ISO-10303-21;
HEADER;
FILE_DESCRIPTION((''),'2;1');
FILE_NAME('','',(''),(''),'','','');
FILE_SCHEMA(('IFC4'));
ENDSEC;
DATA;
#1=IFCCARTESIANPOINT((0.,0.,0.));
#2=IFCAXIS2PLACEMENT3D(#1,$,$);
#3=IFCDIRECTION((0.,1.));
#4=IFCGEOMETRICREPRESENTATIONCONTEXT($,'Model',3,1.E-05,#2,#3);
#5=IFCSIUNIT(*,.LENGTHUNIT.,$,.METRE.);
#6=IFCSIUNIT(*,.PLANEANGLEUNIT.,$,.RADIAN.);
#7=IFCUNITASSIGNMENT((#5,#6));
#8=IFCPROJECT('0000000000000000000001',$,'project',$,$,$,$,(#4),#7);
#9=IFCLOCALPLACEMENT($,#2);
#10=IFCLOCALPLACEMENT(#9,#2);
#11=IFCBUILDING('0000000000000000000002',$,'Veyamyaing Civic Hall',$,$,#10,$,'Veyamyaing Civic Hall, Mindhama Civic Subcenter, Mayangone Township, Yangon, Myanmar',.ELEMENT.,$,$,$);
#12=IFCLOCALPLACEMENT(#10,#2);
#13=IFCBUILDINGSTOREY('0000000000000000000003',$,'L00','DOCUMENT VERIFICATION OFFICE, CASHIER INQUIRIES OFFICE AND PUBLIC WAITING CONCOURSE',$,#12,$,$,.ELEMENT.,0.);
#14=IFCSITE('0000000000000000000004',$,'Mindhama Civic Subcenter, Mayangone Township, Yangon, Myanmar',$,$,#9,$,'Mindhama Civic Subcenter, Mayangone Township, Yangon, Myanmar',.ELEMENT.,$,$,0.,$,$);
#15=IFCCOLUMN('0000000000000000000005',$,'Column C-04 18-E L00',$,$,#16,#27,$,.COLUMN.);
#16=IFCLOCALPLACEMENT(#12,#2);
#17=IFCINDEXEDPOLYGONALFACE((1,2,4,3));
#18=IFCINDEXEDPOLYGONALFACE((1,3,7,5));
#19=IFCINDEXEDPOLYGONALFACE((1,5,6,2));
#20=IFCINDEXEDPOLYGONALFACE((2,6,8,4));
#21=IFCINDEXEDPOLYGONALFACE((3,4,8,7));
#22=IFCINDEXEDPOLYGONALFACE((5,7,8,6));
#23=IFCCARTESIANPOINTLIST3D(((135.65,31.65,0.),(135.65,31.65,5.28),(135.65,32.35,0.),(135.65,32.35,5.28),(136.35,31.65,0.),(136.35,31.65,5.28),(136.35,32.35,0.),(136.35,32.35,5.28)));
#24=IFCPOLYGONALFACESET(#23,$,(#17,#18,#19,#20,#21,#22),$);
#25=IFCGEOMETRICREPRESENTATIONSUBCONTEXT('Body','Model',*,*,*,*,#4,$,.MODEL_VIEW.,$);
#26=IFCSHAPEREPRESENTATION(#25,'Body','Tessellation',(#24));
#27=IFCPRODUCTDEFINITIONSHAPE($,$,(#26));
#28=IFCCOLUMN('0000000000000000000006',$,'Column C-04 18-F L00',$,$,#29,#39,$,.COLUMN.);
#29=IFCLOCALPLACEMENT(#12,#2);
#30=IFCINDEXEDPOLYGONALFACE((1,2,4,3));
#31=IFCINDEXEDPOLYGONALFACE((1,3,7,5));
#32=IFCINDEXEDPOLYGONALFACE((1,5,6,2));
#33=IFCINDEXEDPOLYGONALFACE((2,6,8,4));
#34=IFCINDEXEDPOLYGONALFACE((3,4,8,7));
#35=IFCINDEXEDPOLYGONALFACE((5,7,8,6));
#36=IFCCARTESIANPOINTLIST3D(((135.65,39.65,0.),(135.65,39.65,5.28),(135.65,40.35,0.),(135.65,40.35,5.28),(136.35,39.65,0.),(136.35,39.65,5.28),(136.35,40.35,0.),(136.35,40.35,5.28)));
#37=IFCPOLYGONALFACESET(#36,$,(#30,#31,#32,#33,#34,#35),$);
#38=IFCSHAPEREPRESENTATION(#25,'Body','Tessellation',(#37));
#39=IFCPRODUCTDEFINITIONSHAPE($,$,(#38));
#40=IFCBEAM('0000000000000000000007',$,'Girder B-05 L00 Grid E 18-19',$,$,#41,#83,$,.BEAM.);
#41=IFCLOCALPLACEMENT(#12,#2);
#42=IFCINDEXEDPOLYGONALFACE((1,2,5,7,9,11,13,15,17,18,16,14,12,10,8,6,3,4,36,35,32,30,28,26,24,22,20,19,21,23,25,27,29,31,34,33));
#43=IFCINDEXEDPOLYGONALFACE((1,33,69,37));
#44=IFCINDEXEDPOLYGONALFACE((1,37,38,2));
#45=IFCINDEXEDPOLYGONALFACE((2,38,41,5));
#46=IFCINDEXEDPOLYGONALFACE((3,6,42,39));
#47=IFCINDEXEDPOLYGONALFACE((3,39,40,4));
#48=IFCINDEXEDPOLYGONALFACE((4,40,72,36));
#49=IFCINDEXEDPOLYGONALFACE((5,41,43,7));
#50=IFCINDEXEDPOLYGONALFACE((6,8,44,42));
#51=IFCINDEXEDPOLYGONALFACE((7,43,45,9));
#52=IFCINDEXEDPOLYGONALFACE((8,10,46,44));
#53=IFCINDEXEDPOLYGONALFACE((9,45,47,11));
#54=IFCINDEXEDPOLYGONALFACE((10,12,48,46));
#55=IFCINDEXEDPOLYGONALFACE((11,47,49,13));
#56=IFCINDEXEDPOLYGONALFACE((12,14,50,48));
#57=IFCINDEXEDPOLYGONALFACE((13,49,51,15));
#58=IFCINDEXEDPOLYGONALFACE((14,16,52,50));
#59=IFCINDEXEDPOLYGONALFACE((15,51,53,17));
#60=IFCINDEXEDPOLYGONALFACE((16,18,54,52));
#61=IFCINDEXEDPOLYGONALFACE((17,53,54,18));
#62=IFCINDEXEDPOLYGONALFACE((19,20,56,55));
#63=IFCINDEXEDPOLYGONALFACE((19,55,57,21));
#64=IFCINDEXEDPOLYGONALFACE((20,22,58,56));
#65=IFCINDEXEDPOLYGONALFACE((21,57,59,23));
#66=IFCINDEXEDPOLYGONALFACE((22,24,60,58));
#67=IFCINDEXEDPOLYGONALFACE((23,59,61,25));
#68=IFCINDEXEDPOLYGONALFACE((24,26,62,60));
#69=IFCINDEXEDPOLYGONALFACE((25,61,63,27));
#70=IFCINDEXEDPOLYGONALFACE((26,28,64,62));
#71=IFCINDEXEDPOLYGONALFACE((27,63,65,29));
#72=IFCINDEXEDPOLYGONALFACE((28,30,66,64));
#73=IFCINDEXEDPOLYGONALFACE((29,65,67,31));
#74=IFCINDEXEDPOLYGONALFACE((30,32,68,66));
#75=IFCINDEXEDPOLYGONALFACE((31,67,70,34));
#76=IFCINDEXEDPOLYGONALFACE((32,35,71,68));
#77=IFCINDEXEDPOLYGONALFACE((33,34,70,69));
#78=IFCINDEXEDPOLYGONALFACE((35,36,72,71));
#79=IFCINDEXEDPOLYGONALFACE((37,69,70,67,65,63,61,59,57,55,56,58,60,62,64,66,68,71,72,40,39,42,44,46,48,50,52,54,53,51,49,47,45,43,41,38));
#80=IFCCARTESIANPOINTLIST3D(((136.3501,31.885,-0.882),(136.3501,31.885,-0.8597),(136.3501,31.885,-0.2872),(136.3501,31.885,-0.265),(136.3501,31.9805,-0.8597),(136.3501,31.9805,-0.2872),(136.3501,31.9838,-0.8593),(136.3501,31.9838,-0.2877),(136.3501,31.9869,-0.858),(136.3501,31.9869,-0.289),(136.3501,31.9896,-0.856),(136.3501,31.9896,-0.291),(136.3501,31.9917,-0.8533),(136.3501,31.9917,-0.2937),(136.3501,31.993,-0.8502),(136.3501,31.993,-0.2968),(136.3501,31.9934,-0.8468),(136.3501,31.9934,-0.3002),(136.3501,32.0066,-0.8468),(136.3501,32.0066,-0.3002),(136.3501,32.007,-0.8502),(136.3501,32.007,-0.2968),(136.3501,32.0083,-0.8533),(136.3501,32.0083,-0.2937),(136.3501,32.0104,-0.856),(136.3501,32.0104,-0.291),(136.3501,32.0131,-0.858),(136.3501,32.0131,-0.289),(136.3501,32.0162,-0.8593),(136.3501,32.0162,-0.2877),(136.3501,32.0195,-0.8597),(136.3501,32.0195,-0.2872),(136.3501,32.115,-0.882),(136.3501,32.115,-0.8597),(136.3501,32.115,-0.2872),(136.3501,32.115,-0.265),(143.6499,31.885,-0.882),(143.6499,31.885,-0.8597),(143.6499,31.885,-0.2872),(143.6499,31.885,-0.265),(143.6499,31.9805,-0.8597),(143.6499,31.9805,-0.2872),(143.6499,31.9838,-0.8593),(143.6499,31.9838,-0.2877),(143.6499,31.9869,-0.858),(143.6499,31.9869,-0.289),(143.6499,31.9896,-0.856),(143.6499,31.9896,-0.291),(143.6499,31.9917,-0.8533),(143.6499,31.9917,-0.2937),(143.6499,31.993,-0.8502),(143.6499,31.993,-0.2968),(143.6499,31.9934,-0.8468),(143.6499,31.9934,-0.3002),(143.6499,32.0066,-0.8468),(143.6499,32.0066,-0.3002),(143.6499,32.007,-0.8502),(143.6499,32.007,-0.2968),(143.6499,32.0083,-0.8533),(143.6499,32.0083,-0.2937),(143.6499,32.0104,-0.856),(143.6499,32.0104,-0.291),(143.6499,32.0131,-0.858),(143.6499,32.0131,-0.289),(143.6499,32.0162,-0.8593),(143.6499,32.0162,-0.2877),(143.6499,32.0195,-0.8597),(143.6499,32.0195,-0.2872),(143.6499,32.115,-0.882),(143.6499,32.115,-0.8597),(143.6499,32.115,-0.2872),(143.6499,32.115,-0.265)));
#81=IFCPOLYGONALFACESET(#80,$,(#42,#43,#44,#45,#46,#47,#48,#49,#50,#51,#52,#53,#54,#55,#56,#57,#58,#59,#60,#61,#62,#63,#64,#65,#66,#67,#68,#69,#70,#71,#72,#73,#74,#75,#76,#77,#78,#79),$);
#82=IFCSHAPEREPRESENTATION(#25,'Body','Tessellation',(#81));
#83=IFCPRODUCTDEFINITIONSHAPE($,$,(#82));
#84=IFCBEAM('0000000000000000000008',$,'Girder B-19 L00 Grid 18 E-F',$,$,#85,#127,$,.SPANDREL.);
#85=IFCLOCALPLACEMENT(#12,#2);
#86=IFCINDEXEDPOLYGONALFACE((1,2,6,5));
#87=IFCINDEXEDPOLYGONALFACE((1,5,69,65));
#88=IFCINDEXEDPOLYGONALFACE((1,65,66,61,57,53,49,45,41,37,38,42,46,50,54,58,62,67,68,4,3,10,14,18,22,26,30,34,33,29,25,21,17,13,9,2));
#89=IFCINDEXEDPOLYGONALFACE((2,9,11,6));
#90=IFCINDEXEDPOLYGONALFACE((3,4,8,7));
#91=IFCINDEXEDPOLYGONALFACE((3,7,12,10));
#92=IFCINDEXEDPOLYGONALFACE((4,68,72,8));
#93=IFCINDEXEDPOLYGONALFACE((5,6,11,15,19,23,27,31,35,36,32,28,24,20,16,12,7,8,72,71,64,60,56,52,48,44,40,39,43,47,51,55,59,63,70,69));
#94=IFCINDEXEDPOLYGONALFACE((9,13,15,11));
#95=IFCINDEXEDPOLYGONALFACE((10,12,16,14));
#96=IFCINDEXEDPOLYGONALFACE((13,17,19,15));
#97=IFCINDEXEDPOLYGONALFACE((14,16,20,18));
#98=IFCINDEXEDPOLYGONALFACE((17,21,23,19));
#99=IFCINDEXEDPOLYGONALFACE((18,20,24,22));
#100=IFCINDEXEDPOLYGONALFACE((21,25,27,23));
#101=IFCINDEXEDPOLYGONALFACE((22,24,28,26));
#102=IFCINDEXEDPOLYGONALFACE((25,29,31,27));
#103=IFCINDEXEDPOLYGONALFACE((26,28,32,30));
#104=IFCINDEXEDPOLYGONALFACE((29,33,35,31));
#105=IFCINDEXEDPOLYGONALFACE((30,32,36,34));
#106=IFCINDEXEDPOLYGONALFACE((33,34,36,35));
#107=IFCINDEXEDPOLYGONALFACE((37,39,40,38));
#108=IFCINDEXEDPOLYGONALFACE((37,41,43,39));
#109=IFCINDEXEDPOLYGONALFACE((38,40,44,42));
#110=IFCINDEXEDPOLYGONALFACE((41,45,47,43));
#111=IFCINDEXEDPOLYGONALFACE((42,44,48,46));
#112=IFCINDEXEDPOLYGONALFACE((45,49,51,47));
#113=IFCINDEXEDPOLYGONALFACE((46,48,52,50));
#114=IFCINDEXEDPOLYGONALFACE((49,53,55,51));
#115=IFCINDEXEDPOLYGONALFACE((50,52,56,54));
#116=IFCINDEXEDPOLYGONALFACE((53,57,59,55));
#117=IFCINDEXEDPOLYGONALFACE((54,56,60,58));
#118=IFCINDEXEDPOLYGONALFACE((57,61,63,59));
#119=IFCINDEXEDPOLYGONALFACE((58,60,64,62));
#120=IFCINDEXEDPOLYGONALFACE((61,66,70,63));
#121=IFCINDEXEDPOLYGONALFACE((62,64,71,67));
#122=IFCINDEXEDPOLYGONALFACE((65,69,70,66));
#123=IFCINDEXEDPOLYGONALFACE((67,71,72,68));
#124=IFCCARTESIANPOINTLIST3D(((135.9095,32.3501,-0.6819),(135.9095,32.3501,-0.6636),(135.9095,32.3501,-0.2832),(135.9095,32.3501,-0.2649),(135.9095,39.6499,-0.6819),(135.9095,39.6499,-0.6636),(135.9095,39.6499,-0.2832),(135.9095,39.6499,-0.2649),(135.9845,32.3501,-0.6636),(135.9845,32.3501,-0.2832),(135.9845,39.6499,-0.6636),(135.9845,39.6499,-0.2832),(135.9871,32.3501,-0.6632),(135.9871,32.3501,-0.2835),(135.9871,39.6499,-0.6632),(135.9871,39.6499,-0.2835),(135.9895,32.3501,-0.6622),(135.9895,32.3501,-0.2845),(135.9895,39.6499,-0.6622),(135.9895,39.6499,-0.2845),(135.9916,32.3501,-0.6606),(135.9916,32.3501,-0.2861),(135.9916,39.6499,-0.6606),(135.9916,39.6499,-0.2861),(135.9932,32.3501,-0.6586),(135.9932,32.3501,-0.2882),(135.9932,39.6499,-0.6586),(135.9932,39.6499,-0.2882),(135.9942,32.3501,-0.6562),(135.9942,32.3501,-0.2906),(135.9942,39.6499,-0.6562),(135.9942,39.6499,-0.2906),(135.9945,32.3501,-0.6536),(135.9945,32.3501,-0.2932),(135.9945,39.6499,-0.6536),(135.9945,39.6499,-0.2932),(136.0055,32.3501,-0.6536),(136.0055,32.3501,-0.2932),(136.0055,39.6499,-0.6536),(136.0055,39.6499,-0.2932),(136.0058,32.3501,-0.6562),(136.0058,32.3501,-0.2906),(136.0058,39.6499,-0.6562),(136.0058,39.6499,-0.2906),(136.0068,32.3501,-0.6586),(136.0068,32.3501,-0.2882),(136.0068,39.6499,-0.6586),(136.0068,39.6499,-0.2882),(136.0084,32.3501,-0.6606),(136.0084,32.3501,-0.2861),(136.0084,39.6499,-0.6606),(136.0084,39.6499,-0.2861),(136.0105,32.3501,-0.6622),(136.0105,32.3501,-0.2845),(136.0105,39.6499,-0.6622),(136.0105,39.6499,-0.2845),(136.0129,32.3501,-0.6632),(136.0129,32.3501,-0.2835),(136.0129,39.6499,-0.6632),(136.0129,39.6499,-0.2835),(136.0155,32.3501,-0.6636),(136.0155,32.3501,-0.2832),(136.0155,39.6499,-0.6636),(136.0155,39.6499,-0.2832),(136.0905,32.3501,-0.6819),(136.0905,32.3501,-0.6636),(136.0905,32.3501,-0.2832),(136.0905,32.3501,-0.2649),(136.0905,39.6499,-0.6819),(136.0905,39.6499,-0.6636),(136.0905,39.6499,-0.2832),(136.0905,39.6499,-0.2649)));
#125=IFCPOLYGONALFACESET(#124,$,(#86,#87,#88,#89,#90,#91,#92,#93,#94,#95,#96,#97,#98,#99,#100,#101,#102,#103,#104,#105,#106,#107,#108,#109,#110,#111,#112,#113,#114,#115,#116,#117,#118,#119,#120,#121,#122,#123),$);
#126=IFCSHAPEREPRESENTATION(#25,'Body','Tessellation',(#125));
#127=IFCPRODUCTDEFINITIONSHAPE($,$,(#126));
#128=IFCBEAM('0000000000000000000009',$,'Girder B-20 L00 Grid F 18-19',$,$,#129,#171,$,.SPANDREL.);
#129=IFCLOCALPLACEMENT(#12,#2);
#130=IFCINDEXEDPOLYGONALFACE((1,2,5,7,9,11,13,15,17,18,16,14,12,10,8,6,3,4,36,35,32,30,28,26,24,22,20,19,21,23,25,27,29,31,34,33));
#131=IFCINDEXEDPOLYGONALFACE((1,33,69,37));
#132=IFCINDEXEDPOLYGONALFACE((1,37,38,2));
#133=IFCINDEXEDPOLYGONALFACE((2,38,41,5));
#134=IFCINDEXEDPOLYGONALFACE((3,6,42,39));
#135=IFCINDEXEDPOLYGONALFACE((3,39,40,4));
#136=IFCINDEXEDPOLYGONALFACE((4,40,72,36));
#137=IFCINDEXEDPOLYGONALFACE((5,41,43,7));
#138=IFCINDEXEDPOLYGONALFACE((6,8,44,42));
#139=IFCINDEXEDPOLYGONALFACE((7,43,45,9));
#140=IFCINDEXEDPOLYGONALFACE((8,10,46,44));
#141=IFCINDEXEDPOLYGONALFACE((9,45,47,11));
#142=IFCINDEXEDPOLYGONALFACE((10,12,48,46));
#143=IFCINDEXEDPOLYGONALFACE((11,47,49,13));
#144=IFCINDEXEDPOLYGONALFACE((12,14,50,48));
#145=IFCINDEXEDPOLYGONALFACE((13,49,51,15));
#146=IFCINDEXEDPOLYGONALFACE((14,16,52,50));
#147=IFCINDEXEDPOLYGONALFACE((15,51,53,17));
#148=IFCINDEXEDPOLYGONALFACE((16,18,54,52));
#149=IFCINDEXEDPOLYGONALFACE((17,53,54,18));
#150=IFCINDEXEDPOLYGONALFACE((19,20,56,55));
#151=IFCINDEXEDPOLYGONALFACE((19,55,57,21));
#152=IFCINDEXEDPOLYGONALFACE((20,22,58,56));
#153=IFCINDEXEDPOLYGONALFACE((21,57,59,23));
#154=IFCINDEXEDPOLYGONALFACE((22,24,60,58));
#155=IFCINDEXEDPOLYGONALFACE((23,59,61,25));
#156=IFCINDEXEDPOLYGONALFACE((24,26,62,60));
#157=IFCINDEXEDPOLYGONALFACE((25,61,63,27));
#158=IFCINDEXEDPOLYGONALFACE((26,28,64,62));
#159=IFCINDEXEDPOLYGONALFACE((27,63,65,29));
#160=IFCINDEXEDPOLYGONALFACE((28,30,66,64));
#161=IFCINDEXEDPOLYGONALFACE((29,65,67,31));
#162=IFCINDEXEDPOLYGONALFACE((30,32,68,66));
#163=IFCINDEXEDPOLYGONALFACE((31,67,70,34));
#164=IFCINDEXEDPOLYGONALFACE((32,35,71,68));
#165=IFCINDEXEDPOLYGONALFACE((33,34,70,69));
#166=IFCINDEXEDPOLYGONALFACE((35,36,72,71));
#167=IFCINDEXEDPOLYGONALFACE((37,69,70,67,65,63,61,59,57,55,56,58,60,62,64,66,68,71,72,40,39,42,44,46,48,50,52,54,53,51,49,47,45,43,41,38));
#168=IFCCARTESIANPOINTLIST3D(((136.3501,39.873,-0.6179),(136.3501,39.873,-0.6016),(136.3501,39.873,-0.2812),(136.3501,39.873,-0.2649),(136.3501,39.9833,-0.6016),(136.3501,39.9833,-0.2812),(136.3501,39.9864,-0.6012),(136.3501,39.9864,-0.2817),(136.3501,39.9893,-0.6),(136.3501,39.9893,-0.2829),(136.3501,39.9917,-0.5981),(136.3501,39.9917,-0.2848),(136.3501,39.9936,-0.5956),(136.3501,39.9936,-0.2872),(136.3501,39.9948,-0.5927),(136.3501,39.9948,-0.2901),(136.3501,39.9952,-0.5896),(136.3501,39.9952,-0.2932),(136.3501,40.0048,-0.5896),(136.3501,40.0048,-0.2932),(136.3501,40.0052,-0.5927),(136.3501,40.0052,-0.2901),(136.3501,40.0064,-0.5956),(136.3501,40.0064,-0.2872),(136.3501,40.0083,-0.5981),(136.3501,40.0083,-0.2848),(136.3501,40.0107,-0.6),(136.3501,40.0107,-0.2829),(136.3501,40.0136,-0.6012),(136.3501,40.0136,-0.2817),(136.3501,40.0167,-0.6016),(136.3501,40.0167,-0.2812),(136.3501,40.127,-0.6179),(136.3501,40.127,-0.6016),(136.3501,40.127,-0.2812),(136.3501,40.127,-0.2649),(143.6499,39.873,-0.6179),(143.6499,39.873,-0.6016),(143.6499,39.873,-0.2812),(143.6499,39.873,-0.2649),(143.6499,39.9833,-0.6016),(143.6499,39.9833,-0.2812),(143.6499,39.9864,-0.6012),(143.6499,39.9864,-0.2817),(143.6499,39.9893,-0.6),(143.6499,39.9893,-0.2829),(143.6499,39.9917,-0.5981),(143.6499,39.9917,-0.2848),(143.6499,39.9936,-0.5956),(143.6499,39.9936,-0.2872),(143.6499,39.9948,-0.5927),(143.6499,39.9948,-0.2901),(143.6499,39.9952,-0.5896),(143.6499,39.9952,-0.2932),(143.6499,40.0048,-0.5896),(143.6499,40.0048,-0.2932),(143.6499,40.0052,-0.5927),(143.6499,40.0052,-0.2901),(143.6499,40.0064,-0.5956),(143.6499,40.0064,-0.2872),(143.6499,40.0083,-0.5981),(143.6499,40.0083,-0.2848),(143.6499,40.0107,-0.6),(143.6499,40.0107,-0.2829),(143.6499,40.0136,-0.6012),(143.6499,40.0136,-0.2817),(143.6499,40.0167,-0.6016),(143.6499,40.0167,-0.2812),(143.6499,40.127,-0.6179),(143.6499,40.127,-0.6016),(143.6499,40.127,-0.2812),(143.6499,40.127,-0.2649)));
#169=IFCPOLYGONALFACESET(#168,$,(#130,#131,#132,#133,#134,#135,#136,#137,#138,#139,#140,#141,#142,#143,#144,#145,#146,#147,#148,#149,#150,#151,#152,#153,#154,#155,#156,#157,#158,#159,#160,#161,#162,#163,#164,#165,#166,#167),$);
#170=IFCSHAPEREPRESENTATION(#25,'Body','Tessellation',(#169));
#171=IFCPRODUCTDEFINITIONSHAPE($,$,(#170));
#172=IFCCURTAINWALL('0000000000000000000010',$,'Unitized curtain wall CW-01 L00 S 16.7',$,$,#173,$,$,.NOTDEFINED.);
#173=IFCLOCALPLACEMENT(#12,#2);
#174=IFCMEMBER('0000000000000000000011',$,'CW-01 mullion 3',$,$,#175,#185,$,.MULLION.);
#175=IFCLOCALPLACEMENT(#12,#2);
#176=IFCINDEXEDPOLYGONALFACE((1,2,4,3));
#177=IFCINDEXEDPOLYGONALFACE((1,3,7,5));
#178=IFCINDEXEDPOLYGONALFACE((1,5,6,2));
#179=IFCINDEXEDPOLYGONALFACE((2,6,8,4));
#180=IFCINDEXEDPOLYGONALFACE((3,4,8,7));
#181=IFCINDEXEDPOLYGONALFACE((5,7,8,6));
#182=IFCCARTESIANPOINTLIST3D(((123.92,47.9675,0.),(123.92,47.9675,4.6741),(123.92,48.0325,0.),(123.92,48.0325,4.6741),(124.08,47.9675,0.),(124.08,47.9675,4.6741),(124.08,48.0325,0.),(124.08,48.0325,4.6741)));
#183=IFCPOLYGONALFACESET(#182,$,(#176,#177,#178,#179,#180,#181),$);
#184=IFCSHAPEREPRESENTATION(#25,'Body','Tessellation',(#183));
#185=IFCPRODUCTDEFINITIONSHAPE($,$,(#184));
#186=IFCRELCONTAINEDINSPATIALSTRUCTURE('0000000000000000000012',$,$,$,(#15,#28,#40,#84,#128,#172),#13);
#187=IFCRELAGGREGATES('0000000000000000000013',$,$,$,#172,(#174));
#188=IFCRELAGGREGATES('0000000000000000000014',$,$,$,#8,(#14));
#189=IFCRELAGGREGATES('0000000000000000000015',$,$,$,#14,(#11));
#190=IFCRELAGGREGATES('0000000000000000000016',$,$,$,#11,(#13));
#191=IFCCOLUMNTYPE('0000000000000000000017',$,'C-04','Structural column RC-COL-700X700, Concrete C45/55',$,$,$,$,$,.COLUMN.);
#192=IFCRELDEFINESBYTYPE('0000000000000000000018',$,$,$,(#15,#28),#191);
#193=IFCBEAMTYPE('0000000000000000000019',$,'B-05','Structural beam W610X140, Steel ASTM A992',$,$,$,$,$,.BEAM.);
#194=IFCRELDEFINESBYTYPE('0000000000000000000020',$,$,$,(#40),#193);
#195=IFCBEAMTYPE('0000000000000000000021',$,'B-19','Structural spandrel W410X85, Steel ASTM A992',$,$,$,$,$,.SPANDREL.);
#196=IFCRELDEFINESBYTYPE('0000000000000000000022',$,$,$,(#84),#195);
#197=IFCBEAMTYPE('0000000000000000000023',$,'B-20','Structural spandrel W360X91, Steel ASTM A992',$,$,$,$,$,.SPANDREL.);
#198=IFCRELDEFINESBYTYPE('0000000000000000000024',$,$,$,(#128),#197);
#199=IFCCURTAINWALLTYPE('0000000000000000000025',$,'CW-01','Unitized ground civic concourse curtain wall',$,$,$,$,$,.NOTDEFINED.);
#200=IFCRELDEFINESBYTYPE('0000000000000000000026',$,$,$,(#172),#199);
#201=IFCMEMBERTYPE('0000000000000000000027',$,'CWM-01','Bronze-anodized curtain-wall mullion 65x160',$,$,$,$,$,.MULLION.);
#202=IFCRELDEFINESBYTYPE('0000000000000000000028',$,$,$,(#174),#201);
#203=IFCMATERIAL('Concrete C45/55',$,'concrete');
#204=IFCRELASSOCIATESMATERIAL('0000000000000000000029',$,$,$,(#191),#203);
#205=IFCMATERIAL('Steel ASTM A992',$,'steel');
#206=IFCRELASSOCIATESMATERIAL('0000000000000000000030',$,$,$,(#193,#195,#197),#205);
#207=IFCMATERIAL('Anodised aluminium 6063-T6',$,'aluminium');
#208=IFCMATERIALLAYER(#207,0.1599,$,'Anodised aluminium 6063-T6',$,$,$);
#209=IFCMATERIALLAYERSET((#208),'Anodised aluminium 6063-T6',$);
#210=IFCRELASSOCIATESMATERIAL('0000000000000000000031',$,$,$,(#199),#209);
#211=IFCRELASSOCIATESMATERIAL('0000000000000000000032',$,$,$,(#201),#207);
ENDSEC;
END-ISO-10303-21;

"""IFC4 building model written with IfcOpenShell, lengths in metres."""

from ifc_helpers import new_model, si_unit, direction, frame, origin, origin_2d, place, context, subcontext, project, spatial, rectangle, i_section, extrude, material, layer, layer_set, material_profile, profile_set, type_object, element, aggregate, save


model = new_model("IFC4")

# Units and contexts
model_context = context("Model", 3, precision=1e-05, world=origin(), true_north=direction((0.0, 1.0)))
body_context = subcontext(model_context, "Body", "Model", "MODEL_VIEW")
ifc_project = project(units=[si_unit("LENGTHUNIT", "METRE"), si_unit("PLANEANGLEUNIT", "RADIAN")], contexts=[model_context])

# Site, building, storey
site_placement = place(None, origin())
site = spatial("IfcSite", under=ifc_project, at=site_placement, Name="Mindhama Civic Subcenter, Mayangone Township, Yangon, Myanmar", LongName="Mindhama Civic Subcenter, Mayangone Township, Yangon, Myanmar", CompositionType="ELEMENT", RefElevation=0.0)
building_placement = place(site_placement, origin())
building = spatial("IfcBuilding", under=site, at=building_placement, Name="Veyamyaing Civic Hall", LongName="Veyamyaing Civic Hall, Mindhama Civic Subcenter, Mayangone Township, Yangon, Myanmar", CompositionType="ELEMENT")
storey_placement = place(building_placement, origin())
storey = spatial("IfcBuildingStorey", under=building, at=storey_placement, Name="L00", Description="DOCUMENT VERIFICATION OFFICE, CASHIER INQUIRIES OFFICE AND PUBLIC WAITING CONCOURSE", CompositionType="ELEMENT", Elevation=0.0)

# Columns
ifc_material_1 = material(Name="Concrete C45/55", Category="concrete")
ifc_material_profile_1 = material_profile(ifc_material_1, rectangle(XDim=0.7, YDim=0.7, at=origin_2d()), Name="RC-COL-700X700")
ifc_profile_set_1 = profile_set([ifc_material_profile_1], Name="Concrete C45/55")
column_type = type_object("IfcColumnType", Name="C-04", Description="Structural column RC-COL-700X700, Concrete C45/55", PredefinedType="COLUMN", material=ifc_profile_set_1)
for number, where, z_axis, x_axis, name in (
    (1, (136.0, 32.0, 0.0), (0.0, 0.0, 1.0), (1.0, 0.0, 0.0), "Column C-04 18-E L00"),
    (2, (136.0, 40.0, 0.0), (0.0, 0.0, 1.0), (1.0, 0.0, 0.0), "Column C-04 18-F L00"),
):
    element("IfcColumn", number, at=place(storey_placement, frame(where, z_axis=z_axis, x_axis=x_axis)), inside=storey, type_object=column_type, Name=name, PredefinedType="COLUMN", context=body_context, shape_type="SweptSolid", body=[
        extrude(rectangle(XDim=0.7, YDim=0.7, at=origin_2d()), origin(), (0.0, 0.0, 1.0), 5.28),
    ])

# Beams
ifc_material_2 = material(Name="Steel ASTM A992", Category="steel")
ifc_material_profile_2 = material_profile(ifc_material_2, i_section(OverallWidth=0.23, OverallDepth=0.6169, WebThickness=0.0132, FlangeThickness=0.0222, FilletRadius=0.0129, at=origin_2d()), Name="W610X140")
ifc_profile_set_2 = profile_set([ifc_material_profile_2], Name="Steel ASTM A992")
beam_type_1 = type_object("IfcBeamType", Name="B-05", Description="Structural beam W610X140, Steel ASTM A992", PredefinedType="BEAM", material=ifc_profile_set_2)
beam_1_placement = place(storey_placement, frame((136.3501, 32.0, -0.5735), z_axis=(1.0, 0.0, 0.0), x_axis=(0.0, 1.0, 0.0)))
element("IfcBeam", 3, at=beam_1_placement, inside=storey, type_object=beam_type_1, Name="Girder B-05 L00 Grid E 18-19", PredefinedType="BEAM", context=body_context, shape_type="SweptSolid", body=[
    extrude(i_section(OverallWidth=0.23, OverallDepth=0.6169, WebThickness=0.0132, FlangeThickness=0.0222, FilletRadius=0.0129, at=origin_2d()), origin(), (0.0, 0.0, 1.0), 7.2998),
])
ifc_material_profile_3 = material_profile(ifc_material_2, i_section(OverallWidth=0.1809, OverallDepth=0.417, WebThickness=0.011, FlangeThickness=0.0183, FilletRadius=0.01, at=origin_2d()), Name="W410X85")
ifc_profile_set_3 = profile_set([ifc_material_profile_3], Name="Steel ASTM A992")
beam_type_2 = type_object("IfcBeamType", Name="B-19", Description="Structural spandrel W410X85, Steel ASTM A992", PredefinedType="SPANDREL", material=ifc_profile_set_3)
beam_2_placement = place(storey_placement, frame((136.0, 32.3501, -0.4734), z_axis=(0.0, 1.0, 0.0), x_axis=(-1.0, 0.0, 0.0)))
element("IfcBeam", 4, at=beam_2_placement, inside=storey, type_object=beam_type_2, Name="Girder B-19 L00 Grid 18 E-F", PredefinedType="SPANDREL", context=body_context, shape_type="SweptSolid", body=[
    extrude(i_section(OverallWidth=0.1809, OverallDepth=0.417, WebThickness=0.011, FlangeThickness=0.0183, FilletRadius=0.01, at=origin_2d()), origin(), (0.0, 0.0, 1.0), 7.2998),
])
ifc_material_profile_4 = material_profile(ifc_material_2, i_section(OverallWidth=0.2539, OverallDepth=0.353, WebThickness=0.0095, FlangeThickness=0.0164, FilletRadius=0.012, at=origin_2d()), Name="W360X91")
ifc_profile_set_4 = profile_set([ifc_material_profile_4], Name="Steel ASTM A992")
beam_type_3 = type_object("IfcBeamType", Name="B-20", Description="Structural spandrel W360X91, Steel ASTM A992", PredefinedType="SPANDREL", material=ifc_profile_set_4)
beam_3_placement = place(storey_placement, frame((136.3501, 40.0, -0.4414), z_axis=(1.0, 0.0, 0.0), x_axis=(0.0, 1.0, 0.0)))
element("IfcBeam", 5, at=beam_3_placement, inside=storey, type_object=beam_type_3, Name="Girder B-20 L00 Grid F 18-19", PredefinedType="SPANDREL", context=body_context, shape_type="SweptSolid", body=[
    extrude(i_section(OverallWidth=0.2539, OverallDepth=0.353, WebThickness=0.0095, FlangeThickness=0.0164, FilletRadius=0.012, at=origin_2d()), origin(), (0.0, 0.0, 1.0), 7.2998),
])

# Curtain wall, member
ifc_material_3 = material(Name="Anodised aluminium 6063-T6", Category="aluminium")
ifc_layer_1 = layer(ifc_material_3, 0.1599, Name="Anodised aluminium 6063-T6")
ifc_layer_set_1 = layer_set([ifc_layer_1], Name="Anodised aluminium 6063-T6")
curtain_wall_type = type_object("IfcCurtainWallType", Name="CW-01", Description="Unitized ground civic concourse curtain wall", PredefinedType="NOTDEFINED", material=ifc_layer_set_1)
curtain_wall_placement = place(storey_placement, origin())
curtain_wall = element("IfcCurtainWall", 6, at=curtain_wall_placement, inside=storey, type_object=curtain_wall_type, Name="Unitized curtain wall CW-01 L00 S 16.7", PredefinedType="NOTDEFINED")
ifc_material_profile_5 = material_profile(ifc_material_3, rectangle(XDim=0.0649, YDim=0.1599, at=origin_2d()), Name="ALU-MUL-65X160")
ifc_profile_set_5 = profile_set([ifc_material_profile_5], Name="Anodised aluminium 6063-T6")
member_type_1 = type_object("IfcMemberType", Name="CWM-01", Description="Bronze-anodized curtain-wall mullion 65x160", PredefinedType="MULLION", material=ifc_profile_set_5)
member_1_placement = place(storey_placement, frame((124.0, 48.0, 0.0), z_axis=(0.0, 0.0, 1.0), x_axis=(0.0, 1.0, 0.0)))
member_1 = element("IfcMember", 7, at=member_1_placement, type_object=member_type_1, Name="CW-01 mullion 3", PredefinedType="MULLION", context=body_context, shape_type="SweptSolid", body=[
    extrude(rectangle(XDim=0.0649, YDim=0.1599, at=origin_2d()), origin(), (0.0, 0.0, 1.0), 4.6741),
])

aggregate(curtain_wall, [member_1])

save(model, "model.ifc")
